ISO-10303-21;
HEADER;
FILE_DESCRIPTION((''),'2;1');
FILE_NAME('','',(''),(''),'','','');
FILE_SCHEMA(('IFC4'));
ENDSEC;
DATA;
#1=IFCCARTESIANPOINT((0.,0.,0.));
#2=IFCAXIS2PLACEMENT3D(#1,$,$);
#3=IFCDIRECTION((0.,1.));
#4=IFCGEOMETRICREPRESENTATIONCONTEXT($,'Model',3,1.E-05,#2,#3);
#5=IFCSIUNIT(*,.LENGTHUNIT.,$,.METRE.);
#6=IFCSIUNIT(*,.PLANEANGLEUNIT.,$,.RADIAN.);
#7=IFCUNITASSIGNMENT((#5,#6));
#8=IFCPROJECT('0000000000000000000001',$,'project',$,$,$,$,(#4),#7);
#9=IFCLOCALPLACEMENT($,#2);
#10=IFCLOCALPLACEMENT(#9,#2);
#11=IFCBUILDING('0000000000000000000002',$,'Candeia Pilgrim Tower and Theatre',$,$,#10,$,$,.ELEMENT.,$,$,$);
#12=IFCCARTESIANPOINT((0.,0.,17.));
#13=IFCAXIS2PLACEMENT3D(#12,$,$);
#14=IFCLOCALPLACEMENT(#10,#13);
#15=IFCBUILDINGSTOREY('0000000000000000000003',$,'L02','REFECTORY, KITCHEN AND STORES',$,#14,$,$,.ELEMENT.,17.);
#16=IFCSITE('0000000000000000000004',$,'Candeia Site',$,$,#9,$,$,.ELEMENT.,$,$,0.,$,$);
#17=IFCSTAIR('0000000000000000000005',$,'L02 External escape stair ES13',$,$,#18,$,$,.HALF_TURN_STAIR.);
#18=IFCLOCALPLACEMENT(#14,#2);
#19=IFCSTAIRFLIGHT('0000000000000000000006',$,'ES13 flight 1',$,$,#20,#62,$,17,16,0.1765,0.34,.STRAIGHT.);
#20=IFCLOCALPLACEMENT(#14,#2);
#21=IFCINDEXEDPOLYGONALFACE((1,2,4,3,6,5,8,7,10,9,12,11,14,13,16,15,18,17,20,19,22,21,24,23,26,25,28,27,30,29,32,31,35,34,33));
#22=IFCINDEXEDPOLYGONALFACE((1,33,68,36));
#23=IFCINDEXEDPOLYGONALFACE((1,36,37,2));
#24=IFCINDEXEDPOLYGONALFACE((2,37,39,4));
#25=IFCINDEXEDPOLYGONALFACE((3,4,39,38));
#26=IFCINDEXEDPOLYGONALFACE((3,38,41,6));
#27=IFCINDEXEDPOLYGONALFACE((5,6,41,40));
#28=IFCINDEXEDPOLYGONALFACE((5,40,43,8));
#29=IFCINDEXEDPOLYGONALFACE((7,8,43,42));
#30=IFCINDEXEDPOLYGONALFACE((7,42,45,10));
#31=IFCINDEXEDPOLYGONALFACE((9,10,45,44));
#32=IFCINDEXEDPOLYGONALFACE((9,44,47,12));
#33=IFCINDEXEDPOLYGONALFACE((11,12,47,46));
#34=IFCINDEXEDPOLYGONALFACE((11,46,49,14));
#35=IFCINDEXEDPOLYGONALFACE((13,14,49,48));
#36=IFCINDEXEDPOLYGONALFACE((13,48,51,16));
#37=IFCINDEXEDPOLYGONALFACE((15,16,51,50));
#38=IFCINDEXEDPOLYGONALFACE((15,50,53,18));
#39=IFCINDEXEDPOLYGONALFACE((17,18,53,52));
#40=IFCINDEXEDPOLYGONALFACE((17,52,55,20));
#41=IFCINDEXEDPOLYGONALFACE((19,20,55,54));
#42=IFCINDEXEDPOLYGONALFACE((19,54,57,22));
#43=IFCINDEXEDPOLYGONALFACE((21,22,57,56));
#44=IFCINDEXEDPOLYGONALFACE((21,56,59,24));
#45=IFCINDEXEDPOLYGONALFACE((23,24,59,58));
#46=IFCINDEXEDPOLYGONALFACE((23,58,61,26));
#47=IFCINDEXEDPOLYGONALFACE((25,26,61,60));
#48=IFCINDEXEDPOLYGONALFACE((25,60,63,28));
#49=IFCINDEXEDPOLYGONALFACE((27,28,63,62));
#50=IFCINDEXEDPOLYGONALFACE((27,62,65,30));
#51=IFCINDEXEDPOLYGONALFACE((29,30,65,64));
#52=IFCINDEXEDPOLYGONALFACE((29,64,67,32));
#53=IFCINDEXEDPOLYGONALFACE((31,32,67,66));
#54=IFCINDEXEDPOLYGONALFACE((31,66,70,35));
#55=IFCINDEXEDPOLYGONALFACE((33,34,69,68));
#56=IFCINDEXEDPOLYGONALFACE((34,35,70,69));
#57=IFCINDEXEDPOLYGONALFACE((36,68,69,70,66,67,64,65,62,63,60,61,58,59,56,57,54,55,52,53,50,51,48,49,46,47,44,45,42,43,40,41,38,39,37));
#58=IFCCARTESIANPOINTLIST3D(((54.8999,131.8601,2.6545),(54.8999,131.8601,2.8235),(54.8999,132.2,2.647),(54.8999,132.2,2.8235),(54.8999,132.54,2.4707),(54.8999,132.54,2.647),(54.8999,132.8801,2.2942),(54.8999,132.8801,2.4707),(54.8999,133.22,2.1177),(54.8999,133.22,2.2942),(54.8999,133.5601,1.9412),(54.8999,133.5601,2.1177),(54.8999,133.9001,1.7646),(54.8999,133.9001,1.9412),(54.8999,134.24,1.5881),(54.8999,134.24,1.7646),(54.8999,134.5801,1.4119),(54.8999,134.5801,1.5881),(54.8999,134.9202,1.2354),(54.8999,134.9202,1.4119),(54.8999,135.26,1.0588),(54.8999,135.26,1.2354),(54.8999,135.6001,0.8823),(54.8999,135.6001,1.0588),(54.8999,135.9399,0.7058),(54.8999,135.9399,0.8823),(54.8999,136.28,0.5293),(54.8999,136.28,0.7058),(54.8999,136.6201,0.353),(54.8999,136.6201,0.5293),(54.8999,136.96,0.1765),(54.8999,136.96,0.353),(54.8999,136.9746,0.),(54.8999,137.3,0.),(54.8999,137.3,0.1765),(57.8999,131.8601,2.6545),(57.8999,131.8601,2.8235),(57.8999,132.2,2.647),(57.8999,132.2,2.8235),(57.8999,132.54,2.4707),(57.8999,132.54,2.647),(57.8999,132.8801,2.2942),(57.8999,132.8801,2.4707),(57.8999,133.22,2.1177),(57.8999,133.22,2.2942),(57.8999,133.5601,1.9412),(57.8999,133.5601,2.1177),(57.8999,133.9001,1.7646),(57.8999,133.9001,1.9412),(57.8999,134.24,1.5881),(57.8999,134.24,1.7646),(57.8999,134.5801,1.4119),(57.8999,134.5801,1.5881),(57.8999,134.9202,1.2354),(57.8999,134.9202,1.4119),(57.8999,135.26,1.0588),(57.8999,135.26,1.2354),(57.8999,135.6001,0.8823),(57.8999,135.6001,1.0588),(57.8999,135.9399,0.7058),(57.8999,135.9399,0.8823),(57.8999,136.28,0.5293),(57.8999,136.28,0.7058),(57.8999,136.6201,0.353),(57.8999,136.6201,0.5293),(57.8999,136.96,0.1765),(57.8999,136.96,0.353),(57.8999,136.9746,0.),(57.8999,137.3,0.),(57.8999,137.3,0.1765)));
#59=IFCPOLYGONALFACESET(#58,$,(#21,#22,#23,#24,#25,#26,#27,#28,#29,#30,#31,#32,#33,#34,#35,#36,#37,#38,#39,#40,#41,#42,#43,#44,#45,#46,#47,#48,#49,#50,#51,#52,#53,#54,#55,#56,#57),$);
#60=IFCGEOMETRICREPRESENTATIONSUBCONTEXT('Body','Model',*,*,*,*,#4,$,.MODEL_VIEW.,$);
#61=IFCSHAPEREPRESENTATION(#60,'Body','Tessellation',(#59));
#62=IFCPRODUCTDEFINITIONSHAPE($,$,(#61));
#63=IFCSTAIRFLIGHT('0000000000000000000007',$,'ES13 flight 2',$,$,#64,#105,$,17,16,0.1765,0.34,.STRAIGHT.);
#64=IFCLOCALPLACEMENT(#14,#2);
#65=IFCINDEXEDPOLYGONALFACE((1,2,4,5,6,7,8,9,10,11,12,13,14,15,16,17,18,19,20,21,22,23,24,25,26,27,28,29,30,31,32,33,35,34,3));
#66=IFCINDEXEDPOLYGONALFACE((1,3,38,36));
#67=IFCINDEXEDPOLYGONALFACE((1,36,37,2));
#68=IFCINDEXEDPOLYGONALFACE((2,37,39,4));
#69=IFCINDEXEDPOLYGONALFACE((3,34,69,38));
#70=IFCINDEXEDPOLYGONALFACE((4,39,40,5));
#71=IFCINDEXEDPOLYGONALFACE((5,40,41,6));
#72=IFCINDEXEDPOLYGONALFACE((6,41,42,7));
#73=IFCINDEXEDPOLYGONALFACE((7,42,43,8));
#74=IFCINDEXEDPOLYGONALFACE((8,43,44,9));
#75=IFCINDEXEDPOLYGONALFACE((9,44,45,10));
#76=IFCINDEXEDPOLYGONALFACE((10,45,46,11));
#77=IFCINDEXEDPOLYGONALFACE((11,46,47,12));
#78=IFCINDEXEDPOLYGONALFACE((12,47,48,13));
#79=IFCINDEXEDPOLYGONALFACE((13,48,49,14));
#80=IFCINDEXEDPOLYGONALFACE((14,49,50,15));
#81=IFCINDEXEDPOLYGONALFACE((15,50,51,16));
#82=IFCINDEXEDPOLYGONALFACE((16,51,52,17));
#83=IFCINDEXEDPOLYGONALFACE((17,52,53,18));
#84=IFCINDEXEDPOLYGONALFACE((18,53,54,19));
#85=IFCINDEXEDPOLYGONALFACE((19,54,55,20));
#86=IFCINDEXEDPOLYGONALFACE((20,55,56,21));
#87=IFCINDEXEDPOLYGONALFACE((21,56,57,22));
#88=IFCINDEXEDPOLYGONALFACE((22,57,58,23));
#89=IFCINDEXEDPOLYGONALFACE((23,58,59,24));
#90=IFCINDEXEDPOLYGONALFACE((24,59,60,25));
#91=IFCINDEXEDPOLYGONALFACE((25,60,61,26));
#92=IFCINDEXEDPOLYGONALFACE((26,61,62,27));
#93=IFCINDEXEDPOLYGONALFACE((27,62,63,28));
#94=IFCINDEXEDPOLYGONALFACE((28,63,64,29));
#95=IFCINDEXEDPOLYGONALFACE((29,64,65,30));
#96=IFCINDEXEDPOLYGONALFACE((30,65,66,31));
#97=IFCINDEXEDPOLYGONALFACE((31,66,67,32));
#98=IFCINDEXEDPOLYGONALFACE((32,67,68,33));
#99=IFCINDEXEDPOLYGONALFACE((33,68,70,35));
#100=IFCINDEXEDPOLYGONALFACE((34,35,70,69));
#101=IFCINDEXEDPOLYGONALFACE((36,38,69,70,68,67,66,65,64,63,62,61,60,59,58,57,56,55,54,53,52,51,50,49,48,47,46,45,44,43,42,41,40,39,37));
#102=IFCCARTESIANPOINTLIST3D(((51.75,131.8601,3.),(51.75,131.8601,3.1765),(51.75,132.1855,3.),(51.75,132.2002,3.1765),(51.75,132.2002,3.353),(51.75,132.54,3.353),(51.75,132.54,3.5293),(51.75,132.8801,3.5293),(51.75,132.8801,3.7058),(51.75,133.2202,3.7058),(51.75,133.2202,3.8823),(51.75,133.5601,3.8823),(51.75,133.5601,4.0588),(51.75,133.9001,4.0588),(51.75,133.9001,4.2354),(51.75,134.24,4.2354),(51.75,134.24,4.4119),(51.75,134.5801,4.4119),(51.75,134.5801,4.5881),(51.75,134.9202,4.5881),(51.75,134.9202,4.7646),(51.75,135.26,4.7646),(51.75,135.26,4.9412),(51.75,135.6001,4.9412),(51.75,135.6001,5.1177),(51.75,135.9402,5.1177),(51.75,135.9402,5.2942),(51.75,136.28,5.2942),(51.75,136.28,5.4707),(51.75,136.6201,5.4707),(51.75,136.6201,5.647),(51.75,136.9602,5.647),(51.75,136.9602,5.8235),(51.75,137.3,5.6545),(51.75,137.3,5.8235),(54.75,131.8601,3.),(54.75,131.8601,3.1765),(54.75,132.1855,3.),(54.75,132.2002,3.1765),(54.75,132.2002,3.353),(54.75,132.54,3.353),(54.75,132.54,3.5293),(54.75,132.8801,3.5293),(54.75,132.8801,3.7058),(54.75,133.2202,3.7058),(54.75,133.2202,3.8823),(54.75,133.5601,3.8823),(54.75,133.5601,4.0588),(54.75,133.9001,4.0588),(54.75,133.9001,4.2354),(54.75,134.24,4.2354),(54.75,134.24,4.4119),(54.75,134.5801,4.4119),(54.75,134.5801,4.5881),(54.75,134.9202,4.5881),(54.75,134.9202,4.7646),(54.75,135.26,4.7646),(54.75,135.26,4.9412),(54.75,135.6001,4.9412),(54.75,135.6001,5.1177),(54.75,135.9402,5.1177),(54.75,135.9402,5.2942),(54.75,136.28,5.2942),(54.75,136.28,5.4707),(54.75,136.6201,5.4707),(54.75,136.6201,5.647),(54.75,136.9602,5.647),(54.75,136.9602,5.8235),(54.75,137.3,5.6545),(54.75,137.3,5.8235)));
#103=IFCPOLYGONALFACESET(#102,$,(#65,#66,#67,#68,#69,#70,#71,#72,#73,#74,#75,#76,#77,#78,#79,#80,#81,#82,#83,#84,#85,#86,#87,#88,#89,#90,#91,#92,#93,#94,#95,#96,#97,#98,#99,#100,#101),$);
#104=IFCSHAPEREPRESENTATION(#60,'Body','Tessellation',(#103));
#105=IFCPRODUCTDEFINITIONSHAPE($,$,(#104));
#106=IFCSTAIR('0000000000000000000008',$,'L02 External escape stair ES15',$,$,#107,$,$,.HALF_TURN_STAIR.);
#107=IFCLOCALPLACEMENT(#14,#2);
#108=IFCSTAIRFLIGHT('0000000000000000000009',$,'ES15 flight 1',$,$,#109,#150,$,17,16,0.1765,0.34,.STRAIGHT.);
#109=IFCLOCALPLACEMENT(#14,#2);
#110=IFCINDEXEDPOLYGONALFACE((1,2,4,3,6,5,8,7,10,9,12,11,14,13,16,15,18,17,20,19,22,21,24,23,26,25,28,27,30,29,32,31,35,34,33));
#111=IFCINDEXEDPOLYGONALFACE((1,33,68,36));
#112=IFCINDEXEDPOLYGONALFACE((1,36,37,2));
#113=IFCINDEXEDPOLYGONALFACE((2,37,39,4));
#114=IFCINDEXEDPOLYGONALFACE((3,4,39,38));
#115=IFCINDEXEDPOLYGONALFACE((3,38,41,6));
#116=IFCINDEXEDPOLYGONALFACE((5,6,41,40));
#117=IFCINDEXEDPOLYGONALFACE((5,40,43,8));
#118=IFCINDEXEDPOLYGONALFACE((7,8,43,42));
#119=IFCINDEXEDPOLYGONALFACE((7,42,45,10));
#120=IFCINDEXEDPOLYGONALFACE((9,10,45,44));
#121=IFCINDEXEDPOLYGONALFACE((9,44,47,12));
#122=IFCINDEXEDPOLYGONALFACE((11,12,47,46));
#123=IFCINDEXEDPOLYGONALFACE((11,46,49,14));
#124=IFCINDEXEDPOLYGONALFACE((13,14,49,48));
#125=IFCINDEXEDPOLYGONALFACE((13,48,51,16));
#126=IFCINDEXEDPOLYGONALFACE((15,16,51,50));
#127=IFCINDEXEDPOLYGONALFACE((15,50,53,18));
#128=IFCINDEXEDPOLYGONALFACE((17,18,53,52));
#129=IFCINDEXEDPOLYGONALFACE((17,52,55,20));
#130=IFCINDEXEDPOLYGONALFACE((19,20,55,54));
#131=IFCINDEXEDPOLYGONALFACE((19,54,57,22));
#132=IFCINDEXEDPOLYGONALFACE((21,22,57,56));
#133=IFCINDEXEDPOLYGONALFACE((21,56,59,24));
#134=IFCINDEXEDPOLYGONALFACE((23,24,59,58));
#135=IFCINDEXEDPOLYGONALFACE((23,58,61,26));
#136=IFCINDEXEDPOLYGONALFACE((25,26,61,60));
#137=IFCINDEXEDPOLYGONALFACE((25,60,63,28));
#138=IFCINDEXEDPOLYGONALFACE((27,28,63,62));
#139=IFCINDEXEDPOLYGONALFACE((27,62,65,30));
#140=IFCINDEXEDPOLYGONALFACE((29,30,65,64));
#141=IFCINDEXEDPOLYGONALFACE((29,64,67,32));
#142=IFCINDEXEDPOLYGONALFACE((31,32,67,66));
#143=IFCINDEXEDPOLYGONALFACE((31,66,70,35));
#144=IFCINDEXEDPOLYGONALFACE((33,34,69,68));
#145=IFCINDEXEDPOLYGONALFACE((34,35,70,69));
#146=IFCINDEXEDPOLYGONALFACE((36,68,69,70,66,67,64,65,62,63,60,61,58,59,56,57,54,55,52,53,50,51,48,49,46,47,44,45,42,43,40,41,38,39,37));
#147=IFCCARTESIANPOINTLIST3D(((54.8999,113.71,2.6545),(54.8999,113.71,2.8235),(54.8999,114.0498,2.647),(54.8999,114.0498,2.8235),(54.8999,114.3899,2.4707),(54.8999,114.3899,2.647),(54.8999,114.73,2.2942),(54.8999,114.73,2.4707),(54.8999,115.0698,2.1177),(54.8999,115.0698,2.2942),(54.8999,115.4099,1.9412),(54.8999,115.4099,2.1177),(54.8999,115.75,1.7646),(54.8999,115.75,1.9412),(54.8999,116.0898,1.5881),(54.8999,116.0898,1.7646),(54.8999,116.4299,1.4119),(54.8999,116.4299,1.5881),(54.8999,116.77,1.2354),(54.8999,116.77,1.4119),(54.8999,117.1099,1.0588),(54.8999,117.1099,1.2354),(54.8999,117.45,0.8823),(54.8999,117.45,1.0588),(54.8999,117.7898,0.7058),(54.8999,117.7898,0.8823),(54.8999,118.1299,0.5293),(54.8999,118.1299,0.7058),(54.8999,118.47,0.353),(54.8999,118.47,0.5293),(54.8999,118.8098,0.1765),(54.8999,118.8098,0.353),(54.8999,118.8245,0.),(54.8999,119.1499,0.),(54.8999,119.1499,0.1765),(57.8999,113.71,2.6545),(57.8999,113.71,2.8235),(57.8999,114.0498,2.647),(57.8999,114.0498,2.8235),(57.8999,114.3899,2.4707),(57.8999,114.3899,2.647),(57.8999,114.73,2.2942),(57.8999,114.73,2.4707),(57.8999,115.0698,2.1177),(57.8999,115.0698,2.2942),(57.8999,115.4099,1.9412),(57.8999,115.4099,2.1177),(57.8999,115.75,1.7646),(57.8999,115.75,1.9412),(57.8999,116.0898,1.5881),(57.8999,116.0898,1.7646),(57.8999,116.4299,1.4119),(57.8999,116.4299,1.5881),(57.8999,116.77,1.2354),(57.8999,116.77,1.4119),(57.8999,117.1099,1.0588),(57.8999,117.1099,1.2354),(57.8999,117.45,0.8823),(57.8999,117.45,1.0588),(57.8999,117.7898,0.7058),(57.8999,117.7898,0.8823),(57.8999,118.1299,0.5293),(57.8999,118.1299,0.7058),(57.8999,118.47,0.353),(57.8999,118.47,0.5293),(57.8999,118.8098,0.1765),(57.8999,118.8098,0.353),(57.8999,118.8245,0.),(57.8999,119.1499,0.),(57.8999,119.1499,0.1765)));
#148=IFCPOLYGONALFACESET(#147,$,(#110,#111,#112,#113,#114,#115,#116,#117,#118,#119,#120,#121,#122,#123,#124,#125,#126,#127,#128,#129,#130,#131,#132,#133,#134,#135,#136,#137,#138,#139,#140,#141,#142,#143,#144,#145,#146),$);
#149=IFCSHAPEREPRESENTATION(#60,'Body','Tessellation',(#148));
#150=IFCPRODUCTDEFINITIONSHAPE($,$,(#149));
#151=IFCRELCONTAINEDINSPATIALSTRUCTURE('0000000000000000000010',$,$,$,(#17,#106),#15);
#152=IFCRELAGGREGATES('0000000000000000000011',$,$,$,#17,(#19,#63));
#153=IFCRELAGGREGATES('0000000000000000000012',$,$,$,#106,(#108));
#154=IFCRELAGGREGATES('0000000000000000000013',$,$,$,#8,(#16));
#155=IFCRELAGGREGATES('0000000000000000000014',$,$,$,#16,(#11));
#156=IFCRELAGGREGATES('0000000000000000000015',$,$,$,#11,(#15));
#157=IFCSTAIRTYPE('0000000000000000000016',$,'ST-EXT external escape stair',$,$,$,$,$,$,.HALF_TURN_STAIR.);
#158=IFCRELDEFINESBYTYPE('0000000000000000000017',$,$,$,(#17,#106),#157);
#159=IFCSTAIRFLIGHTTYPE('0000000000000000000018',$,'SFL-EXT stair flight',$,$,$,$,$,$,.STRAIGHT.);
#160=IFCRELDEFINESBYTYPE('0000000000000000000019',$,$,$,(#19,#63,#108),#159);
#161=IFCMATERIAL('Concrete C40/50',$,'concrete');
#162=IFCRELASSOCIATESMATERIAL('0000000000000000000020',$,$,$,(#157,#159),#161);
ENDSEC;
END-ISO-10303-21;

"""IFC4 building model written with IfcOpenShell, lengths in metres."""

from ifc_helpers import new_model, si_unit, direction, frame, origin, place, context, subcontext, project, spatial, polyline, outline, extrude, material, type_object, element, aggregate, save


model = new_model("IFC4")

# Units and contexts
model_context = context("Model", 3, precision=1e-05, world=origin(), true_north=direction((0.0, 1.0)))
body_context = subcontext(model_context, "Body", "Model", "MODEL_VIEW")
ifc_project = project(units=[si_unit("LENGTHUNIT", "METRE"), si_unit("PLANEANGLEUNIT", "RADIAN")], contexts=[model_context])

# Site, building, storey
site_placement = place(None, origin())
site = spatial("IfcSite", under=ifc_project, at=site_placement, Name="Candeia Site", CompositionType="ELEMENT", RefElevation=0.0)
building_placement = place(site_placement, origin())
building = spatial("IfcBuilding", under=site, at=building_placement, Name="Candeia Pilgrim Tower and Theatre", CompositionType="ELEMENT")
storey_placement = place(building_placement, frame((0.0, 0.0, 17.0)))
storey = spatial("IfcBuildingStorey", under=building, at=storey_placement, Name="L02", Description="REFECTORY, KITCHEN AND STORES", CompositionType="ELEMENT", Elevation=17.0)

# Shared definitions
ifc_material_1 = material(Name="Concrete C40/50", Category="concrete")

# Stair, stair flights
stair_type = type_object("IfcStairType", Name="ST-EXT external escape stair", PredefinedType="HALF_TURN_STAIR", material=ifc_material_1)
stair_1_placement = place(storey_placement, origin())
stair_1 = element("IfcStair", 1, at=stair_1_placement, inside=storey, type_object=stair_type, Name="L02 External escape stair ES13", PredefinedType="HALF_TURN_STAIR")
stair_flight_type = type_object("IfcStairFlightType", Name="SFL-EXT stair flight", PredefinedType="STRAIGHT", material=ifc_material_1)
stair_flight_1_placement = place(storey_placement, frame((56.3999, 137.3, 0.0), z_axis=(0.0, 0.0, 1.0), x_axis=(0.0, -1.0, 0.0)))
stair_flight_1 = element("IfcStairFlight", 2, at=stair_flight_1_placement, type_object=stair_flight_type, Name="ES13 flight 1", NumberOfRisers=17, NumberOfTreads=16, PredefinedType="STRAIGHT", RiserHeight=0.1765, TreadLength=0.34, context=body_context, shape_type="SweptSolid", body=[
    extrude(outline(polyline([(0.0, 0.0), (0.0, 0.1765), (0.3401, 0.1765), (0.3401, 0.353), (0.6799, 0.353), (0.6799, 0.5293), (1.02, 0.5293), (1.02, 0.7058), (1.3601, 0.7058), (1.3601, 0.8823), (1.7, 0.8823), (1.7, 1.0588), (2.04, 1.0588), (2.04, 1.2354), (2.3799, 1.2354), (2.3799, 1.4119), (2.72, 1.4119), (2.72, 1.5881), (3.0601, 1.5881), (3.0601, 1.7646), (3.3999, 1.7646), (3.3999, 1.9412), (3.74, 1.9412), (3.74, 2.1177), (4.0801, 2.1177), (4.0801, 2.2942), (4.4199, 2.2942), (4.4199, 2.4707), (4.76, 2.4707), (4.76, 2.647), (5.1001, 2.647), (5.1001, 2.8235), (5.4399, 2.8235), (5.4399, 3.0), (5.4399, 2.6545), (0.3254, 0.0), (0.0, 0.0)])), frame((0.0, 1.5, 0.0), z_axis=(0.0, -1.0, 0.0), x_axis=(1.0, 0.0, 0.0)), (0.0, 0.0, 1.0), 3.0),
])
stair_flight_2_placement = place(storey_placement, frame((53.25, 131.8601, 3.0), z_axis=(0.0, 0.0, 1.0), x_axis=(0.0, 1.0, 0.0)))
stair_flight_2 = element("IfcStairFlight", 3, at=stair_flight_2_placement, type_object=stair_flight_type, Name="ES13 flight 2", NumberOfRisers=17, NumberOfTreads=16, PredefinedType="STRAIGHT", RiserHeight=0.1765, TreadLength=0.34, context=body_context, shape_type="SweptSolid", body=[
    extrude(outline(polyline([(0.0, 0.0), (0.0, 0.1765), (0.3401, 0.1765), (0.3401, 0.353), (0.6799, 0.353), (0.6799, 0.5293), (1.02, 0.5293), (1.02, 0.7058), (1.3601, 0.7058), (1.3601, 0.8823), (1.7, 0.8823), (1.7, 1.0588), (2.04, 1.0588), (2.04, 1.2354), (2.3799, 1.2354), (2.3799, 1.4119), (2.72, 1.4119), (2.72, 1.5881), (3.0601, 1.5881), (3.0601, 1.7646), (3.3999, 1.7646), (3.3999, 1.9412), (3.74, 1.9412), (3.74, 2.1177), (4.0801, 2.1177), (4.0801, 2.2942), (4.4199, 2.2942), (4.4199, 2.4707), (4.76, 2.4707), (4.76, 2.647), (5.1001, 2.647), (5.1001, 2.8235), (5.4399, 2.8235), (5.4399, 3.0), (5.4399, 2.6545), (0.3254, 0.0), (0.0, 0.0)])), frame((0.0, 1.5, 0.0), z_axis=(0.0, -1.0, 0.0), x_axis=(1.0, 0.0, 0.0)), (0.0, 0.0, 1.0), 3.0),
])
aggregate(stair_1, [stair_flight_1, stair_flight_2])

# Stair, stair flight
stair_2_placement = place(storey_placement, origin())
stair_2 = element("IfcStair", 4, at=stair_2_placement, inside=storey, type_object=stair_type, Name="L02 External escape stair ES15", PredefinedType="HALF_TURN_STAIR")
stair_flight_3_placement = place(storey_placement, frame((56.3999, 119.1499, 0.0), z_axis=(0.0, 0.0, 1.0), x_axis=(0.0, -1.0, 0.0)))
stair_flight_3 = element("IfcStairFlight", 5, at=stair_flight_3_placement, type_object=stair_flight_type, Name="ES15 flight 1", NumberOfRisers=17, NumberOfTreads=16, PredefinedType="STRAIGHT", RiserHeight=0.1765, TreadLength=0.34, context=body_context, shape_type="SweptSolid", body=[
    extrude(outline(polyline([(0.0, 0.0), (0.0, 0.1765), (0.3401, 0.1765), (0.3401, 0.353), (0.6799, 0.353), (0.6799, 0.5293), (1.02, 0.5293), (1.02, 0.7058), (1.3601, 0.7058), (1.3601, 0.8823), (1.7, 0.8823), (1.7, 1.0588), (2.04, 1.0588), (2.04, 1.2354), (2.3799, 1.2354), (2.3799, 1.4119), (2.72, 1.4119), (2.72, 1.5881), (3.0601, 1.5881), (3.0601, 1.7646), (3.3999, 1.7646), (3.3999, 1.9412), (3.74, 1.9412), (3.74, 2.1177), (4.0801, 2.1177), (4.0801, 2.2942), (4.4199, 2.2942), (4.4199, 2.4707), (4.76, 2.4707), (4.76, 2.647), (5.1001, 2.647), (5.1001, 2.8235), (5.4399, 2.8235), (5.4399, 3.0), (5.4399, 2.6545), (0.3254, 0.0), (0.0, 0.0)])), frame((0.0, 1.5, 0.0), z_axis=(0.0, -1.0, 0.0), x_axis=(1.0, 0.0, 0.0)), (0.0, 0.0, 1.0), 3.0),
])
aggregate(stair_2, [stair_flight_3])

save(model, "model.ifc")
